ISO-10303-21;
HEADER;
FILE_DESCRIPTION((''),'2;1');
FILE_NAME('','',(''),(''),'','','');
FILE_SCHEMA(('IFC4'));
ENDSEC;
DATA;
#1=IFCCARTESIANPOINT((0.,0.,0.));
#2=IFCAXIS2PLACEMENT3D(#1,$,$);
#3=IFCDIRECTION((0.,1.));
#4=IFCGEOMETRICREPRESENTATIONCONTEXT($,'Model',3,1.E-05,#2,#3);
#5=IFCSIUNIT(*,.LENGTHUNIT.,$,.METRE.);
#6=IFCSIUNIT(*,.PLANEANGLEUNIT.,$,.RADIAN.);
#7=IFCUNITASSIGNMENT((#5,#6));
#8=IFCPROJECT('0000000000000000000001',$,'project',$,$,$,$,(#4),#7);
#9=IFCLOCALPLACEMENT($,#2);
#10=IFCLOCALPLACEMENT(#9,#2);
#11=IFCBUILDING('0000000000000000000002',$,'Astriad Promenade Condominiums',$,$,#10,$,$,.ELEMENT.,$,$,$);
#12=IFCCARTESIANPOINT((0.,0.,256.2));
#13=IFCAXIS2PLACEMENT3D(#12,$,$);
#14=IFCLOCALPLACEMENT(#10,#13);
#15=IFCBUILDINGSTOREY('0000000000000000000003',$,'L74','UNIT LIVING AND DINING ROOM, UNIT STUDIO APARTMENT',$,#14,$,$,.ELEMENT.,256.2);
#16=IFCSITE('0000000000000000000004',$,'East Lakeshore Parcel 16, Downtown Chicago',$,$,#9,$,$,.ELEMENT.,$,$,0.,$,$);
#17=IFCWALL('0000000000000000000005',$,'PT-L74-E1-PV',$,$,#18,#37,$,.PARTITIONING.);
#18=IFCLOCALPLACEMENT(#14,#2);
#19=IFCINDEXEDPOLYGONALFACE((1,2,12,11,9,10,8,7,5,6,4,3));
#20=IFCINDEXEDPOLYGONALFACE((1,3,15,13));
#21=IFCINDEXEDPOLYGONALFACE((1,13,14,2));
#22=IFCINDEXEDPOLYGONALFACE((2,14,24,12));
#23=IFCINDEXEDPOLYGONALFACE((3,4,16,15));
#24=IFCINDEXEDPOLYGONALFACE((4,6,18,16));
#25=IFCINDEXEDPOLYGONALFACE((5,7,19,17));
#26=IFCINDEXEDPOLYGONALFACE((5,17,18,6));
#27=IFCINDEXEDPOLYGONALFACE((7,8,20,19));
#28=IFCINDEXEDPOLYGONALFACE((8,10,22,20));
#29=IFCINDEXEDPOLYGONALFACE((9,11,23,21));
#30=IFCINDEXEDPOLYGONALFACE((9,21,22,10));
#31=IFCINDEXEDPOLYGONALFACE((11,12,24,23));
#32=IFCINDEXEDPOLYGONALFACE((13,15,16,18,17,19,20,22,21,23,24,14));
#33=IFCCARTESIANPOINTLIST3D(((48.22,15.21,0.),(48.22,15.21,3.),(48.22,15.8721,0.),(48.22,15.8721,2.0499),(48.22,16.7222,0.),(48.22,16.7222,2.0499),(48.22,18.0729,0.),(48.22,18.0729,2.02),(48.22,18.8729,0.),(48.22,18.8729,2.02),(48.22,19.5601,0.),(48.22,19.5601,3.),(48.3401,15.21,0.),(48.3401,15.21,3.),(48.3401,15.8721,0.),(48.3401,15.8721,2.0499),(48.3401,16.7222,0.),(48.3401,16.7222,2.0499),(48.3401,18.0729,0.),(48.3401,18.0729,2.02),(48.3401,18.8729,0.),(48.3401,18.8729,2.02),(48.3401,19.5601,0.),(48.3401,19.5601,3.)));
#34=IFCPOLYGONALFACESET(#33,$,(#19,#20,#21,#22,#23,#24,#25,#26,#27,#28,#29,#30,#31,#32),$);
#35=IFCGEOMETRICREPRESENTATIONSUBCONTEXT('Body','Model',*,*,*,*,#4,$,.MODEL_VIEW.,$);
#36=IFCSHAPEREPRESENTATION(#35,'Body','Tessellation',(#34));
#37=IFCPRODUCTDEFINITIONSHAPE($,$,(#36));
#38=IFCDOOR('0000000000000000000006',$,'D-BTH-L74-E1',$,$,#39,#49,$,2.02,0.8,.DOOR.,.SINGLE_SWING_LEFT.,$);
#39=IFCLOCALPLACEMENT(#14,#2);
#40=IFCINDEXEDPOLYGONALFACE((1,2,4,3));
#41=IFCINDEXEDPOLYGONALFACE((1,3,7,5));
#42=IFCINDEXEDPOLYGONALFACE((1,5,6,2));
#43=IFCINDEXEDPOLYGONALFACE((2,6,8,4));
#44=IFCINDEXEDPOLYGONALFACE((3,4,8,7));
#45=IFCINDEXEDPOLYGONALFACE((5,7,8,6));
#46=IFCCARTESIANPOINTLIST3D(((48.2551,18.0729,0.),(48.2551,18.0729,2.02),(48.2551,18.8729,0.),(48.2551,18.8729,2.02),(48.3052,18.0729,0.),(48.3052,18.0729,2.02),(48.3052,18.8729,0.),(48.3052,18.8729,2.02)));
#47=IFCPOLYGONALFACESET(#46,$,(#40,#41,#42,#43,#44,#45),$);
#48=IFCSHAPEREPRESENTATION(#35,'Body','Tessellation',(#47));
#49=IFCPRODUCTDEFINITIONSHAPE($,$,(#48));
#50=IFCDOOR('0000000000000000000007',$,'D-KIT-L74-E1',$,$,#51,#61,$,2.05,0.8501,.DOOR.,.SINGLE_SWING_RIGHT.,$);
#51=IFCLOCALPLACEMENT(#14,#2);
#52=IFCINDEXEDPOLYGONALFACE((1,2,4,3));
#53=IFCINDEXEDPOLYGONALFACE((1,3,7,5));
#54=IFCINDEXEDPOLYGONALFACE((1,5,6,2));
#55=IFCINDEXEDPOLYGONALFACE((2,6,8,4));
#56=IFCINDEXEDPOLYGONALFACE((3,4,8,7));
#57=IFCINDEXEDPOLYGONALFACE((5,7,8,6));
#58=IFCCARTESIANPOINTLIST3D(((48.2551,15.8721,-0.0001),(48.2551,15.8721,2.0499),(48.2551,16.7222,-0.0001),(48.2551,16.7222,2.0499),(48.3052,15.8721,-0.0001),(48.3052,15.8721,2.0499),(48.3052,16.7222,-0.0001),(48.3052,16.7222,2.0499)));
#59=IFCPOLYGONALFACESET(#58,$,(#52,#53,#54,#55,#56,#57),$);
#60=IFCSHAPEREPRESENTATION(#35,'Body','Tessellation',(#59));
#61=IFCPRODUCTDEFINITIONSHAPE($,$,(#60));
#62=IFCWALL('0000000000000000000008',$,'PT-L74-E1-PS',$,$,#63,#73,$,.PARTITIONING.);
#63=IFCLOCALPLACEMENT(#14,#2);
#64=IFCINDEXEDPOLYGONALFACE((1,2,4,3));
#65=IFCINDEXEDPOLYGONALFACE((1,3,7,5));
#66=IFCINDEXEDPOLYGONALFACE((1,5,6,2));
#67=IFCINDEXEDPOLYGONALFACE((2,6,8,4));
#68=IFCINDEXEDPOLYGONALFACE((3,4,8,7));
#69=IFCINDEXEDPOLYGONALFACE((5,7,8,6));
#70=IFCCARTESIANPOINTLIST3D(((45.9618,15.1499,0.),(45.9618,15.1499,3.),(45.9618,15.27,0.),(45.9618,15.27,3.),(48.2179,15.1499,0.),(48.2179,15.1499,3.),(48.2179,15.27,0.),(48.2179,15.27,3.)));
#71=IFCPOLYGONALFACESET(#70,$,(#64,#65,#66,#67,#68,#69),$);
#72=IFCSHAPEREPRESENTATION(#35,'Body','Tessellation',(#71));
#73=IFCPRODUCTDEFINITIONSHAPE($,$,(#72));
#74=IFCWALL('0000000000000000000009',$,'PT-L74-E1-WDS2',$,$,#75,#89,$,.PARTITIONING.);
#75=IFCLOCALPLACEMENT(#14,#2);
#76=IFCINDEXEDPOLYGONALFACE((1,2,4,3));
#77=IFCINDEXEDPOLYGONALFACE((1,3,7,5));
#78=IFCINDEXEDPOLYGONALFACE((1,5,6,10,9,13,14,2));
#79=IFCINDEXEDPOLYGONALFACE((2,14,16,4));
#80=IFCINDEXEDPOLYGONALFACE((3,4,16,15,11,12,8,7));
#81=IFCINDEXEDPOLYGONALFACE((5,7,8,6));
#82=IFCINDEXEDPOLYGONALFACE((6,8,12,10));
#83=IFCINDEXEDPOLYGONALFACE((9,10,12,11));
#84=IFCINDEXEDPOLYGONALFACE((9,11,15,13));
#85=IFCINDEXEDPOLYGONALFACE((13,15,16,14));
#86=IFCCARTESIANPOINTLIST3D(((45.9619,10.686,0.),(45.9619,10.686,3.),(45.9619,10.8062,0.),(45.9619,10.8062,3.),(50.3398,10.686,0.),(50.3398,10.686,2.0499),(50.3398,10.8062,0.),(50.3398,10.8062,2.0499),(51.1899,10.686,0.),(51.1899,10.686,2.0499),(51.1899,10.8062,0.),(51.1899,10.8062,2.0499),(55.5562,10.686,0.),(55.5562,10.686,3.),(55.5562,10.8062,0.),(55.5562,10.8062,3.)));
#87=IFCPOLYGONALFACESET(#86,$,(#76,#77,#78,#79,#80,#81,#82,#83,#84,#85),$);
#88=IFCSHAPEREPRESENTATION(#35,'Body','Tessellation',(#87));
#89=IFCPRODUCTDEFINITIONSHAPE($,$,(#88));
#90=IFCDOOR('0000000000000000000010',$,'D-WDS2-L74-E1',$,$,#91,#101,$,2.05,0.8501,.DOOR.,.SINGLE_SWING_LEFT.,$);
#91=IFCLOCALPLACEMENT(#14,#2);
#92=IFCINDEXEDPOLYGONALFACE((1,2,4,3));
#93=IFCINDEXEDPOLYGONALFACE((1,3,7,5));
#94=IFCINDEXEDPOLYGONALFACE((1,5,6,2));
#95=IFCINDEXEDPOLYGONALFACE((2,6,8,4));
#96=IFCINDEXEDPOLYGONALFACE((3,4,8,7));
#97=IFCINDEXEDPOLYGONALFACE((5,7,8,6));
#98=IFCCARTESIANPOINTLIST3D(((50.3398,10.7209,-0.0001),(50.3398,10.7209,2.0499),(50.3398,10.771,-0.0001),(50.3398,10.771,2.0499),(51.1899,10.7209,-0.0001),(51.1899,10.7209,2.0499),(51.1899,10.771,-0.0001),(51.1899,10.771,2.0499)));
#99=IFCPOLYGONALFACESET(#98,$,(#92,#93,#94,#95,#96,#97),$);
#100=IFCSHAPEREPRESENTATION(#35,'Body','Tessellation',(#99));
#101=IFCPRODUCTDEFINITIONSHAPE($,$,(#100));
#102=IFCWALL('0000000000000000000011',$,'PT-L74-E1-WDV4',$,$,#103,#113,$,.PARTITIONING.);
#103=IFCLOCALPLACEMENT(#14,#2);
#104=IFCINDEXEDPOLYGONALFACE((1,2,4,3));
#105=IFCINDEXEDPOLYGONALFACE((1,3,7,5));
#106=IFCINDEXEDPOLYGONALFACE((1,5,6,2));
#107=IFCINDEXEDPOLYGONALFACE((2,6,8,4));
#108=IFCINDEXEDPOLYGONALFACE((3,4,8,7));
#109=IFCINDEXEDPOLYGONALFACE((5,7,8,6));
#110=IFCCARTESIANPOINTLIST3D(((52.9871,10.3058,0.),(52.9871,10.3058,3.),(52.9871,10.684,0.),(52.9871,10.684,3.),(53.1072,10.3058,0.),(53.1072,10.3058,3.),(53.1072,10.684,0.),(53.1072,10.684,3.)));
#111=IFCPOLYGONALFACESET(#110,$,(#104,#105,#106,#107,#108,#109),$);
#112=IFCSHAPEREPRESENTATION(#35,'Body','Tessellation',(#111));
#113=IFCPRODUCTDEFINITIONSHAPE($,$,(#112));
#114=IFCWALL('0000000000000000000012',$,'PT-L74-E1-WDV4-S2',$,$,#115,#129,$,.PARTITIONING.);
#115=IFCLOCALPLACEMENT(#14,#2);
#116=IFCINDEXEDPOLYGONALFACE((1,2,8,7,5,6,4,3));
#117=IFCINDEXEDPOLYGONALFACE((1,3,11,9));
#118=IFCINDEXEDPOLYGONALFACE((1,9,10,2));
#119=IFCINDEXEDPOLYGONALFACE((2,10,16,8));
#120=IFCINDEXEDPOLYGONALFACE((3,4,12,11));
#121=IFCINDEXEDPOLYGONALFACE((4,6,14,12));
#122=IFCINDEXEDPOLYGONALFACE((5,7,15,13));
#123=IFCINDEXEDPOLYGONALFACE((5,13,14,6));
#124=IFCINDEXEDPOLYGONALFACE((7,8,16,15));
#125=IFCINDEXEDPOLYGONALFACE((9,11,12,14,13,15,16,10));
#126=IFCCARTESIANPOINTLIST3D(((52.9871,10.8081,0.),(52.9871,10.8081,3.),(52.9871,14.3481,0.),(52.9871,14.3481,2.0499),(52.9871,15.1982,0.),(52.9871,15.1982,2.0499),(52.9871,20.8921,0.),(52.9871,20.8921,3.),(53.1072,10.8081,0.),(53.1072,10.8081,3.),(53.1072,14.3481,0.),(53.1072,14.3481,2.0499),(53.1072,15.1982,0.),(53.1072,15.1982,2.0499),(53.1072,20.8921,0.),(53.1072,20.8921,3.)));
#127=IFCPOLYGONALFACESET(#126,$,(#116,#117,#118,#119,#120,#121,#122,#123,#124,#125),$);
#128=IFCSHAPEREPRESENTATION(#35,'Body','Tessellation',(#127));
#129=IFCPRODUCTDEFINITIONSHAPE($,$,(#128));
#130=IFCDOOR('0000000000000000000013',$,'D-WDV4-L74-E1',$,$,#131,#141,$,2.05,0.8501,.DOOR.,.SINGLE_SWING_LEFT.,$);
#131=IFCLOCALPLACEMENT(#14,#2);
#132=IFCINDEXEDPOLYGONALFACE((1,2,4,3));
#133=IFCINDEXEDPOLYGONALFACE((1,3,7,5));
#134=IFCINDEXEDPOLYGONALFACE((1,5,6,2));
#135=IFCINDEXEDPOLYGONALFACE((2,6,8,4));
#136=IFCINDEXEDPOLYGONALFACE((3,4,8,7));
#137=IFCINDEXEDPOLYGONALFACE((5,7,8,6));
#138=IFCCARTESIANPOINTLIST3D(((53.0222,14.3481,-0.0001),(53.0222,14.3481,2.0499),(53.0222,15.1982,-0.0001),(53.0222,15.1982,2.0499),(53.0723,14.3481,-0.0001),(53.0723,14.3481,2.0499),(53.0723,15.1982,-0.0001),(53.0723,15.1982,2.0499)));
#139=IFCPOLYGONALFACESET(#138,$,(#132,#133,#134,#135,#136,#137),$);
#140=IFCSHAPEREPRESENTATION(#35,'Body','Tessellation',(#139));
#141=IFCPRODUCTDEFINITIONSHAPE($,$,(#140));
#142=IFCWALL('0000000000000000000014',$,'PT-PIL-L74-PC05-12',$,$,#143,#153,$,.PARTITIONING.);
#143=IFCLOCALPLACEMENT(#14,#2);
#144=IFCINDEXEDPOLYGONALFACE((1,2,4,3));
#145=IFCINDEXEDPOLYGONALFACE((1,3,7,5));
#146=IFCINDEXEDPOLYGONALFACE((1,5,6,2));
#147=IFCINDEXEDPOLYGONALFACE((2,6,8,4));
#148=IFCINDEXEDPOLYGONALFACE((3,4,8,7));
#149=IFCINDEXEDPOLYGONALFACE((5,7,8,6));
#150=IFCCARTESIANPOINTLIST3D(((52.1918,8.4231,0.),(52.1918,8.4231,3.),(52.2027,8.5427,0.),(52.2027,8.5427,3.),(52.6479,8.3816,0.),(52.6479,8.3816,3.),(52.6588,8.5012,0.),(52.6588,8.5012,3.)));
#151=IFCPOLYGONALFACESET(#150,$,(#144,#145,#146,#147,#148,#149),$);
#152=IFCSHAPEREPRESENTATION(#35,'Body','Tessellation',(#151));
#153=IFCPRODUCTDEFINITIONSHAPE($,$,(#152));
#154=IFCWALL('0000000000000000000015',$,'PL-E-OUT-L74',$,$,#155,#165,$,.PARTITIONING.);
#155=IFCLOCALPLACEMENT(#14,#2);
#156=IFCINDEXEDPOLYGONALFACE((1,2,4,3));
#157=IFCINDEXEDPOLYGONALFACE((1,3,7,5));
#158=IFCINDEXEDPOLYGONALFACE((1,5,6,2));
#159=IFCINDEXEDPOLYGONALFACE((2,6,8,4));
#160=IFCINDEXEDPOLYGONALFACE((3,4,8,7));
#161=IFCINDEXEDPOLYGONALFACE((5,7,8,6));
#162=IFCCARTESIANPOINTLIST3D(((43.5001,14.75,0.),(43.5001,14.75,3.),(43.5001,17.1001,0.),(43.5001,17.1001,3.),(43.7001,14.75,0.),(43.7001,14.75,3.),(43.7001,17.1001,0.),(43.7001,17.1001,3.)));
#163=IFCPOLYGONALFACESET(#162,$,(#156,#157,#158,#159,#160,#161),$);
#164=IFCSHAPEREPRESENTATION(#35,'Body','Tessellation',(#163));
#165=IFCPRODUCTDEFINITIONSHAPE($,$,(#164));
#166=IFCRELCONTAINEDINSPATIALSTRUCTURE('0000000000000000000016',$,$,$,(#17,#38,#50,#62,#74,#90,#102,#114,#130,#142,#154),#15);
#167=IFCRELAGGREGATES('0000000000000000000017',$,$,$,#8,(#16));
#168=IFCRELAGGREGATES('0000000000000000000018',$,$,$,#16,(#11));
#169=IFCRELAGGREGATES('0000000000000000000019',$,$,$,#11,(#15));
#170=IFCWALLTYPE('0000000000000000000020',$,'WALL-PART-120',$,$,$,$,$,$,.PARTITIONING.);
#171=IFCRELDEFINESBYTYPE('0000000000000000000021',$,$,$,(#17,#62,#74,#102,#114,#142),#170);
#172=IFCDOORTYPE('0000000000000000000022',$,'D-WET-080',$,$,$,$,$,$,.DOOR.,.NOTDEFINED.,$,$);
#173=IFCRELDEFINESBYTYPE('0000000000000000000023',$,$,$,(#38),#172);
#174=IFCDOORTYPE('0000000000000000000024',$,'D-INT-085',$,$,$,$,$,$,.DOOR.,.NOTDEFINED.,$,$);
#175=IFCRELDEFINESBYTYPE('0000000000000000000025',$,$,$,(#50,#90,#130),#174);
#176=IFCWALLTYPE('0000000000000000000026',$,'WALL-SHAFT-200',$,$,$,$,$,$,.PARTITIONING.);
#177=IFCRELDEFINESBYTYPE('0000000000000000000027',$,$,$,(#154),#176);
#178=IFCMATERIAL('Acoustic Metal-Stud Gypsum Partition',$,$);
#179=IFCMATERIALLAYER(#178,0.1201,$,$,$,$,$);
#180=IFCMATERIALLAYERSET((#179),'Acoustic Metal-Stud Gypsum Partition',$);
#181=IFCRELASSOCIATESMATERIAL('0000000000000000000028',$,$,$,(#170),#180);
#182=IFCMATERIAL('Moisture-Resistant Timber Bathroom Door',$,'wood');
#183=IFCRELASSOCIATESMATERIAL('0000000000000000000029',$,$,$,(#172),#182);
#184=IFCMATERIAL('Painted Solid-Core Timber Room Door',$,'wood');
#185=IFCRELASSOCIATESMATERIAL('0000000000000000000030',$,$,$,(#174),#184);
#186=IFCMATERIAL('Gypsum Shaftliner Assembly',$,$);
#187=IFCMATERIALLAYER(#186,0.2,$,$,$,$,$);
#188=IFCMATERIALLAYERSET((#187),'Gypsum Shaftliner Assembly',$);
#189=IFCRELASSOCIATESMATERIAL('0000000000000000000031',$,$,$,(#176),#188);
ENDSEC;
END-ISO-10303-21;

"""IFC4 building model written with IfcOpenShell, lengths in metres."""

from ifc_helpers import new_model, si_unit, direction, frame, frame_2d, origin, place, context, subcontext, project, spatial, rectangle, extrude, source, transform, mapped, material, layer, layer_set, type_object, type_shapes, element, fill, save


model = new_model("IFC4")

# Units and contexts
model_context = context("Model", 3, precision=1e-05, world=origin(), true_north=direction((0.0, 1.0)))
body_context = subcontext(model_context, "Body", "Model", "MODEL_VIEW")
ifc_project = project(units=[si_unit("LENGTHUNIT", "METRE"), si_unit("PLANEANGLEUNIT", "RADIAN")], contexts=[model_context])

# Site, building, storey
site_placement = place(None, origin())
site = spatial("IfcSite", under=ifc_project, at=site_placement, Name="East Lakeshore Parcel 16, Downtown Chicago", CompositionType="ELEMENT", RefElevation=0.0)
building_placement = place(site_placement, origin())
building = spatial("IfcBuilding", under=site, at=building_placement, Name="Astriad Promenade Condominiums", CompositionType="ELEMENT")
storey_placement = place(building_placement, frame((0.0, 0.0, 256.2)))
storey = spatial("IfcBuildingStorey", under=building, at=storey_placement, Name="L74", Description="UNIT LIVING AND DINING ROOM, UNIT STUDIO APARTMENT", CompositionType="ELEMENT", Elevation=256.2)

# Wall, openings, doors
ifc_material_1 = material(Name="Acoustic Metal-Stud Gypsum Partition")
ifc_layer_1 = layer(ifc_material_1, 0.1201)
ifc_layer_set_1 = layer_set([ifc_layer_1], Name="Acoustic Metal-Stud Gypsum Partition")
wall_type_1 = type_object("IfcWallType", Name="WALL-PART-120", PredefinedType="PARTITIONING", material=ifc_layer_set_1)
wall_1_placement = place(storey_placement, frame((48.28, 15.21, 0.0), z_axis=(0.0, 0.0, 1.0), x_axis=(0.0, 1.0, 0.0)))
wall_1 = element("IfcWall", 1, at=wall_1_placement, inside=storey, type_object=wall_type_1, Name="PT-L74-E1-PV", PredefinedType="PARTITIONING", context=body_context, shape_type="SweptSolid", body=[
    extrude(rectangle(XDim=4.3501, YDim=0.1201, at=frame_2d((2.175, 0.0))), origin(), (0.0, 0.0, 1.0), 3.0),
])
opening_1_placement = place(wall_1_placement, frame((0.6621, 0.0, 0.0)))
opening_1 = element("IfcOpeningElement", 2, at=opening_1_placement, cuts=wall_1, PredefinedType="OPENING", context=body_context, shape_type="SweptSolid", body=[
    extrude(rectangle(XDim=0.8501, YDim=2.05, at=frame_2d((0.425, 1.0249))), frame((0.0, 0.0701, 0.0), z_axis=(0.0, -1.0, 0.0), x_axis=(1.0, 0.0, 0.0)), (0.0, 0.0, 1.0), 0.1401),
])
opening_2_placement = place(wall_1_placement, frame((2.863, 0.0, 0.0)))
opening_2 = element("IfcOpeningElement", 3, at=opening_2_placement, cuts=wall_1, PredefinedType="OPENING", context=body_context, shape_type="SweptSolid", body=[
    extrude(rectangle(XDim=0.8, YDim=2.02, at=frame_2d((0.3999, 1.01))), frame((0.0, 0.0701, 0.0), z_axis=(0.0, -1.0, 0.0), x_axis=(1.0, 0.0, 0.0)), (0.0, 0.0, 1.0), 0.1401),
])
ifc_material_2 = material(Name="Moisture-Resistant Timber Bathroom Door", Category="wood")
door_type_1 = type_object("IfcDoorType", Name="D-WET-080", OperationType="NOTDEFINED", PredefinedType="DOOR", material=ifc_material_2)
shared_shape_1 = source(origin(), body_context, "Body", "SweptSolid", [
    extrude(rectangle(XDim=0.8, YDim=2.02, at=frame_2d((0.3999, 1.01))), frame((0.0, 0.0249, 0.0), z_axis=(0.0, -1.0, 0.0), x_axis=(1.0, 0.0, 0.0)), (0.0, 0.0, 1.0), 0.05),
])
type_shapes(door_type_1, [shared_shape_1])
door_1_placement = place(opening_2_placement, origin())
door_1 = element("IfcDoor", 4, at=door_1_placement, inside=storey, type_object=door_type_1, Name="D-BTH-L74-E1", OperationType="SINGLE_SWING_LEFT", OverallHeight=2.02, OverallWidth=0.8, PredefinedType="DOOR", context=body_context, shape_type="MappedRepresentation", body=[
    mapped(shared_shape_1, transform((0.0, 0.0, 0.0), scale=1.0)),
])
fill(opening_2, door_1)
ifc_material_3 = material(Name="Painted Solid-Core Timber Room Door", Category="wood")
door_type_2 = type_object("IfcDoorType", Name="D-INT-085", OperationType="NOTDEFINED", PredefinedType="DOOR", material=ifc_material_3)
shared_shape_2 = source(origin(), body_context, "Body", "SweptSolid", [
    extrude(rectangle(XDim=0.8501, YDim=2.05, at=frame_2d((0.425, 1.0249))), frame((0.0, 0.0249, 0.0), z_axis=(0.0, -1.0, 0.0), x_axis=(1.0, 0.0, 0.0)), (0.0, 0.0, 1.0), 0.05),
])
type_shapes(door_type_2, [shared_shape_2])
door_2_placement = place(opening_1_placement, origin())
door_2 = element("IfcDoor", 5, at=door_2_placement, inside=storey, type_object=door_type_2, Name="D-KIT-L74-E1", OperationType="SINGLE_SWING_RIGHT", OverallHeight=2.05, OverallWidth=0.8501, PredefinedType="DOOR", context=body_context, shape_type="MappedRepresentation", body=[
    mapped(shared_shape_2, transform((0.0, 0.0, 0.0), scale=1.0)),
])
fill(opening_1, door_2)

# Wall
wall_2_placement = place(storey_placement, frame((45.9619, 15.21, 0.0), z_axis=(0.0, 0.0, 1.0), x_axis=(1.0, 0.0, 0.0)))
element("IfcWall", 6, at=wall_2_placement, inside=storey, type_object=wall_type_1, Name="PT-L74-E1-PS", PredefinedType="PARTITIONING", context=body_context, shape_type="SweptSolid", body=[
    extrude(rectangle(XDim=2.2561, YDim=0.1201, at=frame_2d((1.1279, 0.0))), origin(), (0.0, 0.0, 1.0), 3.0),
])

# Wall, opening, door
wall_3_placement = place(storey_placement, frame((45.9619, 10.7461, 0.0), z_axis=(0.0, 0.0, 1.0), x_axis=(1.0, 0.0, 0.0)))
wall_3 = element("IfcWall", 7, at=wall_3_placement, inside=storey, type_object=wall_type_1, Name="PT-L74-E1-WDS2", PredefinedType="PARTITIONING", context=body_context, shape_type="SweptSolid", body=[
    extrude(rectangle(XDim=9.5942, YDim=0.1201, at=frame_2d((4.7971, 0.0))), origin(), (0.0, 0.0, 1.0), 3.0),
])
opening_3_placement = place(wall_3_placement, frame((4.3779, 0.0, 0.0)))
opening_3 = element("IfcOpeningElement", 8, at=opening_3_placement, cuts=wall_3, PredefinedType="OPENING", context=body_context, shape_type="SweptSolid", body=[
    extrude(rectangle(XDim=0.8501, YDim=2.05, at=frame_2d((0.425, 1.0249))), frame((0.0, 0.0701, 0.0), z_axis=(0.0, -1.0, 0.0), x_axis=(1.0, 0.0, 0.0)), (0.0, 0.0, 1.0), 0.1401),
])
door_3_placement = place(opening_3_placement, origin())
door_3 = element("IfcDoor", 9, at=door_3_placement, inside=storey, type_object=door_type_2, Name="D-WDS2-L74-E1", OperationType="SINGLE_SWING_LEFT", OverallHeight=2.05, OverallWidth=0.8501, PredefinedType="DOOR", context=body_context, shape_type="MappedRepresentation", body=[
    mapped(shared_shape_2, transform((0.0, 0.0, 0.0), scale=1.0)),
])
fill(opening_3, door_3)

# Wall
wall_4_placement = place(storey_placement, frame((53.0471, 10.3059, 0.0), z_axis=(0.0, 0.0, 1.0), x_axis=(0.0, 1.0, 0.0)))
element("IfcWall", 10, at=wall_4_placement, inside=storey, type_object=wall_type_1, Name="PT-L74-E1-WDV4", PredefinedType="PARTITIONING", context=body_context, shape_type="SweptSolid", body=[
    extrude(rectangle(XDim=0.3782, YDim=0.1201, at=frame_2d((0.189, 0.0))), origin(), (0.0, 0.0, 1.0), 3.0),
])

# Wall, opening, door
wall_5_placement = place(storey_placement, frame((53.0471, 10.8081, 0.0), z_axis=(0.0, 0.0, 1.0), x_axis=(0.0, 1.0, 0.0)))
wall_5 = element("IfcWall", 11, at=wall_5_placement, inside=storey, type_object=wall_type_1, Name="PT-L74-E1-WDV4-S2", PredefinedType="PARTITIONING", context=body_context, shape_type="SweptSolid", body=[
    extrude(rectangle(XDim=10.084, YDim=0.1201, at=frame_2d((5.042, 0.0))), origin(), (0.0, 0.0, 1.0), 3.0),
])
opening_4_placement = place(wall_5_placement, frame((3.54, 0.0, 0.0)))
opening_4 = element("IfcOpeningElement", 12, at=opening_4_placement, cuts=wall_5, PredefinedType="OPENING", context=body_context, shape_type="SweptSolid", body=[
    extrude(rectangle(XDim=0.8501, YDim=2.05, at=frame_2d((0.425, 1.0249))), frame((0.0, 0.0701, 0.0), z_axis=(0.0, -1.0, 0.0), x_axis=(1.0, 0.0, 0.0)), (0.0, 0.0, 1.0), 0.1401),
])
door_4_placement = place(opening_4_placement, origin())
door_4 = element("IfcDoor", 13, at=door_4_placement, inside=storey, type_object=door_type_2, Name="D-WDV4-L74-E1", OperationType="SINGLE_SWING_LEFT", OverallHeight=2.05, OverallWidth=0.8501, PredefinedType="DOOR", context=body_context, shape_type="MappedRepresentation", body=[
    mapped(shared_shape_2, transform((0.0, 0.0, 0.0), scale=1.0)),
])
fill(opening_4, door_4)

# Walls
wall_6_placement = place(storey_placement, frame((52.1973, 8.4829, 0.0), z_axis=(0.0, 0.0, 1.0), x_axis=(0.995884, -0.090632, 0.0)))
element("IfcWall", 14, at=wall_6_placement, inside=storey, type_object=wall_type_1, Name="PT-PIL-L74-PC05-12", PredefinedType="PARTITIONING", context=body_context, shape_type="SweptSolid", body=[
    extrude(rectangle(XDim=0.458, YDim=0.1201, at=frame_2d((0.229, 0.0))), origin(), (0.0, 0.0, 1.0), 3.0),
])
ifc_material_4 = material(Name="Gypsum Shaftliner Assembly")
ifc_layer_2 = layer(ifc_material_4, 0.2)
ifc_layer_set_2 = layer_set([ifc_layer_2], Name="Gypsum Shaftliner Assembly")
wall_type_2 = type_object("IfcWallType", Name="WALL-SHAFT-200", PredefinedType="PARTITIONING", material=ifc_layer_set_2)
wall_7_placement = place(storey_placement, frame((43.6001, 14.75, 0.0), z_axis=(0.0, 0.0, 1.0), x_axis=(0.0, 1.0, 0.0)))
element("IfcWall", 15, at=wall_7_placement, inside=storey, type_object=wall_type_2, Name="PL-E-OUT-L74", PredefinedType="PARTITIONING", context=body_context, shape_type="SweptSolid", body=[
    extrude(rectangle(XDim=2.3501, YDim=0.2, at=frame_2d((1.175, 0.0))), origin(), (0.0, 0.0, 1.0), 3.0),
])

save(model, "model.ifc")
